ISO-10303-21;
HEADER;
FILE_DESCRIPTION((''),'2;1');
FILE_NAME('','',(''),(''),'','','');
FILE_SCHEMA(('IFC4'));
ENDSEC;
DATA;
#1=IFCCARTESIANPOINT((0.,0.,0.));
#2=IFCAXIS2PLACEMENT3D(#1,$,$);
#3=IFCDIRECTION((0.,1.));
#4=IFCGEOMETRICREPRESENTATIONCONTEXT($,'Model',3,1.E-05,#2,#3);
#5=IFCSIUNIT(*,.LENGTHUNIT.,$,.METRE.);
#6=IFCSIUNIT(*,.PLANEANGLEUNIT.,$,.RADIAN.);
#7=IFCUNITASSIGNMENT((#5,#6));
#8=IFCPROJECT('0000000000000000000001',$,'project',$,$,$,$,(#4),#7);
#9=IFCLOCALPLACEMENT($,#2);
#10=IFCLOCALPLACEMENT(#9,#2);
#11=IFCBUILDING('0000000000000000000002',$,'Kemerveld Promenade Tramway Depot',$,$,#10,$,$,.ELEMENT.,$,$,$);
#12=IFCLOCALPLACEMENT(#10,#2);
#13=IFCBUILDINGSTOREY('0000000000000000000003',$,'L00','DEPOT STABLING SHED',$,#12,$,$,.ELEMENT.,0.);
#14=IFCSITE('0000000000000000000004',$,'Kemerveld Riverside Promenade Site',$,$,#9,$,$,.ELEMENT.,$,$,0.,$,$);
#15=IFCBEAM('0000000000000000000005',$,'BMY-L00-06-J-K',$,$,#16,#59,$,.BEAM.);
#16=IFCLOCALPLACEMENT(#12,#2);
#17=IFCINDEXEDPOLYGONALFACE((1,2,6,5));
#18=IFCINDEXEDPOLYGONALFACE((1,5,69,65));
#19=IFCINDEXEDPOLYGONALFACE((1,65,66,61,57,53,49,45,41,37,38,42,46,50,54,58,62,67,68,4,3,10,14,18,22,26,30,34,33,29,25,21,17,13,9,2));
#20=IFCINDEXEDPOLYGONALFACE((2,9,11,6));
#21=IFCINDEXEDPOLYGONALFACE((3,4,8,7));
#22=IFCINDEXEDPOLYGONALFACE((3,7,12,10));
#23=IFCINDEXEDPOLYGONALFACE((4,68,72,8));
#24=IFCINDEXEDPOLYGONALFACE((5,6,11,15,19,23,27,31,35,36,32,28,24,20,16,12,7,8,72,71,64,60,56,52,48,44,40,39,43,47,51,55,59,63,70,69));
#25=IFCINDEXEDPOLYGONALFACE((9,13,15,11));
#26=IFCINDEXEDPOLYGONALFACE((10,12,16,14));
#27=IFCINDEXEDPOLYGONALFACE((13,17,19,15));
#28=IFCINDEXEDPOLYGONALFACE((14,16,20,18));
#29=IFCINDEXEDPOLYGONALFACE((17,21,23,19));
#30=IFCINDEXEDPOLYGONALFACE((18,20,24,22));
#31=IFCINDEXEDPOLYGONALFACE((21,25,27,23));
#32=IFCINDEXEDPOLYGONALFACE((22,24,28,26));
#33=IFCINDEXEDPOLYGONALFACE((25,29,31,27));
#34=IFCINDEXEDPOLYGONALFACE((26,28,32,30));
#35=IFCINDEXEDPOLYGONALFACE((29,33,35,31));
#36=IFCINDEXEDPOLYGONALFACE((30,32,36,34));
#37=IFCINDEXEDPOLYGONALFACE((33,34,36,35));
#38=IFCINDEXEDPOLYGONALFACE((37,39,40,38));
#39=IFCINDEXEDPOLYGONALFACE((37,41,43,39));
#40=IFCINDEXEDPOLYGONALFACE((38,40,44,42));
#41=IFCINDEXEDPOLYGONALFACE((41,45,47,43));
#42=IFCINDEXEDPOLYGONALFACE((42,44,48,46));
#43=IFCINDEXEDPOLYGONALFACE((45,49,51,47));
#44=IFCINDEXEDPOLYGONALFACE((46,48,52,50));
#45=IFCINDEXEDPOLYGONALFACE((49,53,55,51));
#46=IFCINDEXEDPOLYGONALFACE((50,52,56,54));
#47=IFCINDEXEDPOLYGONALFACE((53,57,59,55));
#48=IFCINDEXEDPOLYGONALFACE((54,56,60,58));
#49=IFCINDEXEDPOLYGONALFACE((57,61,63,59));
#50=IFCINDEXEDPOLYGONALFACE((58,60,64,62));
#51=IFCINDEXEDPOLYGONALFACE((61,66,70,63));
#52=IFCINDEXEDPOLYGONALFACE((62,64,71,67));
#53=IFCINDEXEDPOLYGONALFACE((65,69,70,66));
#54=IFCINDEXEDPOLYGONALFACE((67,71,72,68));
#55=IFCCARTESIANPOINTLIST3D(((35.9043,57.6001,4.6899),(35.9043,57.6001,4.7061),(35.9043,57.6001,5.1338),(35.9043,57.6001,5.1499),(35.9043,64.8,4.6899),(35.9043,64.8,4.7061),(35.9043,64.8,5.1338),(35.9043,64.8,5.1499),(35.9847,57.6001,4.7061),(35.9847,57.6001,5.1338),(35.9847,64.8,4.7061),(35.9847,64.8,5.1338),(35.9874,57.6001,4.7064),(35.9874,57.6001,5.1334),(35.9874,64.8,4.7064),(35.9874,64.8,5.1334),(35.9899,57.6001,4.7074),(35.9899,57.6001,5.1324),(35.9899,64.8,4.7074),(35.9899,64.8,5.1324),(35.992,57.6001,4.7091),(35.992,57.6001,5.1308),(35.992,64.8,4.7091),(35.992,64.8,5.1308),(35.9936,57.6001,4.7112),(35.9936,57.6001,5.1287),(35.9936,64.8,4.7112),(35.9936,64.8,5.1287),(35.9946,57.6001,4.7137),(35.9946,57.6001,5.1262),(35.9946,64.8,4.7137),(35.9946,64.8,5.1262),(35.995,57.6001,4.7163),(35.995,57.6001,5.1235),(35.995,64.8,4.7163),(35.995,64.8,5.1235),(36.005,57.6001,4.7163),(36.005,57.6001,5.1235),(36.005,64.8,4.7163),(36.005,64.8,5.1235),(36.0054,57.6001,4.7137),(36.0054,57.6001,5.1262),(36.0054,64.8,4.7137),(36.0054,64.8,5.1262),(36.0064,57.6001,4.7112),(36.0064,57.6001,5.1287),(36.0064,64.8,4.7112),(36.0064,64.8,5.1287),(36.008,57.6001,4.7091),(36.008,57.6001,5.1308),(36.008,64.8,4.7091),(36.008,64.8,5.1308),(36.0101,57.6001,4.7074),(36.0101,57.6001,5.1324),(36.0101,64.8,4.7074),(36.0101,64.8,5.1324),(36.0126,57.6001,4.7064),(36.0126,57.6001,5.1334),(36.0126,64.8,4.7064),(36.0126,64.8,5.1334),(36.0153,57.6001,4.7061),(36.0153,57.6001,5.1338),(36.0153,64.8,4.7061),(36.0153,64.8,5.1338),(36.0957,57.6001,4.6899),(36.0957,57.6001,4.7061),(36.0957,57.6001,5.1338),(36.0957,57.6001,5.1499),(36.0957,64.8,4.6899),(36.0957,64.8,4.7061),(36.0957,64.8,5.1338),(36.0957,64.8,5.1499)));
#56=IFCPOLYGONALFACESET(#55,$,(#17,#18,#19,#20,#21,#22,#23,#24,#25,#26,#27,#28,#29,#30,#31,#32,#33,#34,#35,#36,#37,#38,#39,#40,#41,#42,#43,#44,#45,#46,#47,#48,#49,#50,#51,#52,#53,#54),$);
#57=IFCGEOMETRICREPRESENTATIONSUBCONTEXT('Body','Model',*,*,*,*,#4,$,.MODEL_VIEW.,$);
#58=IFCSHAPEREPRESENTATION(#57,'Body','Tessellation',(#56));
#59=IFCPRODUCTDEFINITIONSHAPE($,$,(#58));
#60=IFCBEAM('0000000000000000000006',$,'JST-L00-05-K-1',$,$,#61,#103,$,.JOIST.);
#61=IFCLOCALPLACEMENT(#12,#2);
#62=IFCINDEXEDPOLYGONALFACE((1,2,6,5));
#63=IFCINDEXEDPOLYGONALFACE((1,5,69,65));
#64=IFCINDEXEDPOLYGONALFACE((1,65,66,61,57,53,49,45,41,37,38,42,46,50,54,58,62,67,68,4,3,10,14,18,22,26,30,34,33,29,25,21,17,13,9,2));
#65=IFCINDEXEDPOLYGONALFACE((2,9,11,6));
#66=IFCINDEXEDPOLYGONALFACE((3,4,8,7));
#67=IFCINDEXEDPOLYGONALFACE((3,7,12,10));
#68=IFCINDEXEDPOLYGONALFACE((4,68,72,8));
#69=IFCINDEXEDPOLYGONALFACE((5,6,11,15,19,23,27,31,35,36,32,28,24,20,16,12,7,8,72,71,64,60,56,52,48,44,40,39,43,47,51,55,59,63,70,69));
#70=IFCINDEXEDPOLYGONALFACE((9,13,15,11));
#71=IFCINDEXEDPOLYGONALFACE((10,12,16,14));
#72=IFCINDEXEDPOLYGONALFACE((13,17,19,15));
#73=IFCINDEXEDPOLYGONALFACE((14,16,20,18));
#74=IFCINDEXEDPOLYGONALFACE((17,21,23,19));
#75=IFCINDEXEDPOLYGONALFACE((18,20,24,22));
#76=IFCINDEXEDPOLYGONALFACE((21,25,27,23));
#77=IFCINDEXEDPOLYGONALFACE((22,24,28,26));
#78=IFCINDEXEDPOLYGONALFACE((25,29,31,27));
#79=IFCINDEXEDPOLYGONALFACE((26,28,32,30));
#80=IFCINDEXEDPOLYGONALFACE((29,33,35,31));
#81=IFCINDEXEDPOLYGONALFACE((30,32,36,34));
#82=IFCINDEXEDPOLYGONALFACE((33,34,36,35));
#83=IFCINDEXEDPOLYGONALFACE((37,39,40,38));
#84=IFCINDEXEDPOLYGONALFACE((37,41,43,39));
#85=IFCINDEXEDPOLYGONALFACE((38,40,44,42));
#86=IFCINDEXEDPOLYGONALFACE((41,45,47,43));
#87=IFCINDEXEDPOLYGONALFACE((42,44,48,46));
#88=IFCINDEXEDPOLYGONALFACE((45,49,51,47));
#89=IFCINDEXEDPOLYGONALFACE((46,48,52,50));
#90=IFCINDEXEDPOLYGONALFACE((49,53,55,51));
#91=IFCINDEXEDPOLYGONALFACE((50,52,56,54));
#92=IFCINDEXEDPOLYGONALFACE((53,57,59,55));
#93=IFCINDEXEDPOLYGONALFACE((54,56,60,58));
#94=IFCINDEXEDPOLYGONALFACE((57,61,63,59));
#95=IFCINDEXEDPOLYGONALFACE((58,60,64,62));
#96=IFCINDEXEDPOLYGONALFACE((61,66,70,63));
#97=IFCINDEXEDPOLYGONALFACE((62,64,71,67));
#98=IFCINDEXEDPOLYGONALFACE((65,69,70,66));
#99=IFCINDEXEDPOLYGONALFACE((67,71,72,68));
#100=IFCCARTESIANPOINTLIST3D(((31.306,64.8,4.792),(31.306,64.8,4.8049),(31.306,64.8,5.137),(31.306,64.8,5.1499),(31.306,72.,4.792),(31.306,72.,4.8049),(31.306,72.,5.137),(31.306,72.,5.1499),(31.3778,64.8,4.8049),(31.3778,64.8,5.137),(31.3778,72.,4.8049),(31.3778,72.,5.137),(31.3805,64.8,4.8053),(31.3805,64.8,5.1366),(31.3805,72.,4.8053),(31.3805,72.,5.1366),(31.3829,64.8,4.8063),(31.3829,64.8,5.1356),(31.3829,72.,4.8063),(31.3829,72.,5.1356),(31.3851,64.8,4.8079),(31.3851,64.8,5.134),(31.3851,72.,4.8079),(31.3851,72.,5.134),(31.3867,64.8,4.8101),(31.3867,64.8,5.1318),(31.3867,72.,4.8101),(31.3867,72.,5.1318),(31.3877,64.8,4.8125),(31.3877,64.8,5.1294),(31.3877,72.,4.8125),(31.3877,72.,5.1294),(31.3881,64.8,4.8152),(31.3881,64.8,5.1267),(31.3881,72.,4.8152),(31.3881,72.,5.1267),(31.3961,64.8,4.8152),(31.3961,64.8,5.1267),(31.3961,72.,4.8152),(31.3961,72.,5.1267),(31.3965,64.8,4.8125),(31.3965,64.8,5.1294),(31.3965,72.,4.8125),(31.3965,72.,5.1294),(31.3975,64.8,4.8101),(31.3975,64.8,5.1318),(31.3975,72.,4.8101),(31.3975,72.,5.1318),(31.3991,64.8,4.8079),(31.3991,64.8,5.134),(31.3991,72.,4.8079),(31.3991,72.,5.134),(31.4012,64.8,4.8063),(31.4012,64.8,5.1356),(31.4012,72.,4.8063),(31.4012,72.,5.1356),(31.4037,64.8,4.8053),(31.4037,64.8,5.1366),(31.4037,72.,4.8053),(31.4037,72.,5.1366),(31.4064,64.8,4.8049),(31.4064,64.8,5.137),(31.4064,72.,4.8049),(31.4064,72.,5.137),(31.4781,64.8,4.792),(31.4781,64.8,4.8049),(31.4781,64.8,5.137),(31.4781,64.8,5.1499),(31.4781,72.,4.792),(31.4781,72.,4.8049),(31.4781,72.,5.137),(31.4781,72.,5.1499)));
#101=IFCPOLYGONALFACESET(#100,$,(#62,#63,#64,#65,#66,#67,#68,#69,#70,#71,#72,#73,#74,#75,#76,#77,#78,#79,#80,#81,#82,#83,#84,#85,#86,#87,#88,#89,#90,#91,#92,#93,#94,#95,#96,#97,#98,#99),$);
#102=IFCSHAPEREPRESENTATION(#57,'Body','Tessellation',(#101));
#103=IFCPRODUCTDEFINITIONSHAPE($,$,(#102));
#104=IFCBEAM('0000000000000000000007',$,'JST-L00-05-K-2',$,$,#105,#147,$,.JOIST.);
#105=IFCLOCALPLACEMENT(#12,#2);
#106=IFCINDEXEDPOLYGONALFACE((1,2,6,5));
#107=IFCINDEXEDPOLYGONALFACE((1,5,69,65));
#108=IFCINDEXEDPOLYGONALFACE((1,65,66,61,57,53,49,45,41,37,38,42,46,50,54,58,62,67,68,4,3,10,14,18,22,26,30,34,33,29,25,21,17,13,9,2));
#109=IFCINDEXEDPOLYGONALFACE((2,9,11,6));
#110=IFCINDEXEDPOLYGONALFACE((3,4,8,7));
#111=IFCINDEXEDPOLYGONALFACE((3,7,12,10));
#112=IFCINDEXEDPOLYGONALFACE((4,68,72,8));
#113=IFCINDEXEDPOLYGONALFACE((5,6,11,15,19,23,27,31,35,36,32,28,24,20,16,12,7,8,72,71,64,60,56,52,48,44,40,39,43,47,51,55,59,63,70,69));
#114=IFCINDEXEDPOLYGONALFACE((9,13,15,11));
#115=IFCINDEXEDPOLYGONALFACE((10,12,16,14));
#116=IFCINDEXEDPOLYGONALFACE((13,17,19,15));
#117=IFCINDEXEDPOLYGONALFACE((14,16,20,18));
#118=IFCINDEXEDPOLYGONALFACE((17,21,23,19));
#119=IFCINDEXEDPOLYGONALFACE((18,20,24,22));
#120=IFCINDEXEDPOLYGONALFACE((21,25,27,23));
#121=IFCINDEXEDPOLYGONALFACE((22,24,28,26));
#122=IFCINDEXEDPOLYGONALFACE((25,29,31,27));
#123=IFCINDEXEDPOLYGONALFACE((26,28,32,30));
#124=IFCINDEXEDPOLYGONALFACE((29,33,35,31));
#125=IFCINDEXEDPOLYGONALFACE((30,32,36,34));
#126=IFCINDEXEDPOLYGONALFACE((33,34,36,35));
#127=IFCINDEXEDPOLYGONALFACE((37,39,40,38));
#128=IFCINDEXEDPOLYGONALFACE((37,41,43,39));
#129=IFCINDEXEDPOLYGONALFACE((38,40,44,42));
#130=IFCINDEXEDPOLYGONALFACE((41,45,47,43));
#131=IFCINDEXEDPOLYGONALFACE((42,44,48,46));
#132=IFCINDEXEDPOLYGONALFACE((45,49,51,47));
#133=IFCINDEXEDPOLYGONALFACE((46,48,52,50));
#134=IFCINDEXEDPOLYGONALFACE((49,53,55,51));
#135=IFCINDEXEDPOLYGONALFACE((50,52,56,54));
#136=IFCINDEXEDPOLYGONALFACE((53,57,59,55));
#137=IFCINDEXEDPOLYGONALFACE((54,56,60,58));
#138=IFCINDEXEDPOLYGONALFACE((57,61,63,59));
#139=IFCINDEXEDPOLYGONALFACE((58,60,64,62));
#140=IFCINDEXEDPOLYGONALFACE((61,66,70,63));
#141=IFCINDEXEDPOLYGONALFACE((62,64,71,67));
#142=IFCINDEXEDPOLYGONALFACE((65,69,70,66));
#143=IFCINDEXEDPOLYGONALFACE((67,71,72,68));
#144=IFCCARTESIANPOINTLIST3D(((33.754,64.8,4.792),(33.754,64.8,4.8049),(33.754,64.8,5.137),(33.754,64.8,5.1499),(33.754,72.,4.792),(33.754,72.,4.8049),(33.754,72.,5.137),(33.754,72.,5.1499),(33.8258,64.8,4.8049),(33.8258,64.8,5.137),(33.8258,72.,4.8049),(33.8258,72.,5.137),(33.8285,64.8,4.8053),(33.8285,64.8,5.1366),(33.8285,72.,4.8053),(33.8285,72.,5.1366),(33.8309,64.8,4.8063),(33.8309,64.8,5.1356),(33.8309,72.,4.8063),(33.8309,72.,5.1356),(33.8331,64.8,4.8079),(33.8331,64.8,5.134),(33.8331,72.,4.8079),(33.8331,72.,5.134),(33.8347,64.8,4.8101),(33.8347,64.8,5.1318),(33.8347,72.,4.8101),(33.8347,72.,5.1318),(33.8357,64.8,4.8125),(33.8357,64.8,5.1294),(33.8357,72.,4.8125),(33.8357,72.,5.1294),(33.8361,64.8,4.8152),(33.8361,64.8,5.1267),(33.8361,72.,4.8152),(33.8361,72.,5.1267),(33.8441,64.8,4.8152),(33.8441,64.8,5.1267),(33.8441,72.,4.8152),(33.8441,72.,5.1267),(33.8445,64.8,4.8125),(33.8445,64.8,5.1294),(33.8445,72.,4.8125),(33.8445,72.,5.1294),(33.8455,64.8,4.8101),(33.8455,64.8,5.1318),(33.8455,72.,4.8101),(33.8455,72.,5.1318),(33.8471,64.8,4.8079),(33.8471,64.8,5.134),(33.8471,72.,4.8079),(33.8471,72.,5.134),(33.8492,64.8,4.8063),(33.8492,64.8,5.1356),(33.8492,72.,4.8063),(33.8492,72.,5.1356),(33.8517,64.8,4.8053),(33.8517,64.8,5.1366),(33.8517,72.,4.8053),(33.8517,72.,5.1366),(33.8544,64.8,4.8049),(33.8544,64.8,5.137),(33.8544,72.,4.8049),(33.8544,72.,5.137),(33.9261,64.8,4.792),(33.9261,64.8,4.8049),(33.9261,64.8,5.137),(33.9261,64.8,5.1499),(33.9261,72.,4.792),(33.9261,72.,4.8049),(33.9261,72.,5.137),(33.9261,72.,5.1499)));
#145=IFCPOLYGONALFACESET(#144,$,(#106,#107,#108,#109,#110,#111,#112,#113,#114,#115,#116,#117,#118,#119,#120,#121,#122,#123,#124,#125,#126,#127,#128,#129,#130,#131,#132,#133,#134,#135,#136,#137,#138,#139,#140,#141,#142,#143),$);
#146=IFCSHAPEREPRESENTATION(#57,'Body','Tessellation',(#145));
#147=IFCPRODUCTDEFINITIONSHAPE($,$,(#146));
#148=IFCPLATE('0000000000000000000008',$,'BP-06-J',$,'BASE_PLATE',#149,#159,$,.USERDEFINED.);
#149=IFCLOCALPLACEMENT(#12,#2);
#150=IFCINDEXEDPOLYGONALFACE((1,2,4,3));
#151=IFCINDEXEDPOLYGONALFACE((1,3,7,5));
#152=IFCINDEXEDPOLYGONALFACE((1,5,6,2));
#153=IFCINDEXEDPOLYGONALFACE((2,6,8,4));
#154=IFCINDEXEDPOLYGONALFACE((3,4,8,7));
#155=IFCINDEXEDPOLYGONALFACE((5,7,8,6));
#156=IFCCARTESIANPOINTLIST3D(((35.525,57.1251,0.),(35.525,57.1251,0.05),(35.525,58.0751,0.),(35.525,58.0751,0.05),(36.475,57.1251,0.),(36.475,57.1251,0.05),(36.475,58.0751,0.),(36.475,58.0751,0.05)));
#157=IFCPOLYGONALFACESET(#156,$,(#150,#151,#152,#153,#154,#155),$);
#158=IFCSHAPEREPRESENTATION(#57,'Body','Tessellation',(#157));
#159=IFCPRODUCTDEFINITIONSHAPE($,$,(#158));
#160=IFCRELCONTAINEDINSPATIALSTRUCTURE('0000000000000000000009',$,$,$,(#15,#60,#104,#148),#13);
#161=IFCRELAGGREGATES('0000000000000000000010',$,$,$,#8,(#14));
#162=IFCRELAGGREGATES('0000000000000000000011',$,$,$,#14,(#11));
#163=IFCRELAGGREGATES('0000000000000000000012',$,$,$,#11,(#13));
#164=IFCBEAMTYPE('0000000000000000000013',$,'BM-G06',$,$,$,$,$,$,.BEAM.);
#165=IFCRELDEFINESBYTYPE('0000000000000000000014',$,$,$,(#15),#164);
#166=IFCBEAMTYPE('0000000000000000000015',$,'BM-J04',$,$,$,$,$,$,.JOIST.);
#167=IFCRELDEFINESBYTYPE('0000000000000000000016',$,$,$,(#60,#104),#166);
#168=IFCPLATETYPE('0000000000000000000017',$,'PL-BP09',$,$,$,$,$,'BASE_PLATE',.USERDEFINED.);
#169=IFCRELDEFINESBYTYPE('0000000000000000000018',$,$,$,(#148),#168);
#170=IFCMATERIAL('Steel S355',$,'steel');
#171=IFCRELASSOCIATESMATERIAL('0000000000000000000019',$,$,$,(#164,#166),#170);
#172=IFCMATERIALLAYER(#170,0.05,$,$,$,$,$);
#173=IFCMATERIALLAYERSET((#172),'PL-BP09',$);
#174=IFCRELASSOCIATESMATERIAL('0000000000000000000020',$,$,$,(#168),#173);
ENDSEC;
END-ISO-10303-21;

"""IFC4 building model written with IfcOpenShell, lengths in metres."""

from ifc_helpers import new_model, si_unit, direction, frame, origin, origin_2d, place, context, subcontext, project, spatial, rectangle, i_section, extrude, material, layer, layer_set, material_profile, profile_set, type_object, element, save


model = new_model("IFC4")

# Units and contexts
model_context = context("Model", 3, precision=1e-05, world=origin(), true_north=direction((0.0, 1.0)))
body_context = subcontext(model_context, "Body", "Model", "MODEL_VIEW")
ifc_project = project(units=[si_unit("LENGTHUNIT", "METRE"), si_unit("PLANEANGLEUNIT", "RADIAN")], contexts=[model_context])

# Site, building, storey
site_placement = place(None, origin())
site = spatial("IfcSite", under=ifc_project, at=site_placement, Name="Kemerveld Riverside Promenade Site", CompositionType="ELEMENT", RefElevation=0.0)
building_placement = place(site_placement, origin())
building = spatial("IfcBuilding", under=site, at=building_placement, Name="Kemerveld Promenade Tramway Depot", CompositionType="ELEMENT")
storey_placement = place(building_placement, origin())
storey = spatial("IfcBuildingStorey", under=building, at=storey_placement, Name="L00", Description="DEPOT STABLING SHED", CompositionType="ELEMENT", Elevation=0.0)

# Shared definitions
ifc_material_1 = material(Name="Steel S355", Category="steel")

# Beams
ifc_material_profile_1 = material_profile(ifc_material_1, i_section(OverallWidth=0.1914, OverallDepth=0.46, WebThickness=0.01, FlangeThickness=0.0161, FilletRadius=0.0103, at=origin_2d()), Name="457x191x82 UB")
ifc_profile_set_1 = profile_set([ifc_material_profile_1], Name="Steel S355")
beam_type_1 = type_object("IfcBeamType", Name="BM-G06", PredefinedType="BEAM", material=ifc_profile_set_1)
beam_1_placement = place(storey_placement, frame((36.0, 57.6001, 4.9199), z_axis=(0.0, 1.0, 0.0), x_axis=(-1.0, 0.0, 0.0)))
element("IfcBeam", 1, at=beam_1_placement, inside=storey, type_object=beam_type_1, Name="BMY-L00-06-J-K", PredefinedType="BEAM", context=body_context, shape_type="SweptSolid", body=[
    extrude(i_section(OverallWidth=0.1914, OverallDepth=0.46, WebThickness=0.01, FlangeThickness=0.0161, FilletRadius=0.0103, at=origin_2d()), origin(), (0.0, 0.0, 1.0), 7.2),
])
ifc_material_profile_2 = material_profile(ifc_material_1, i_section(OverallWidth=0.1721, OverallDepth=0.3579, WebThickness=0.0081, FlangeThickness=0.0129, FilletRadius=0.0103, at=origin_2d()), Name="356x171x57 UB")
ifc_profile_set_2 = profile_set([ifc_material_profile_2], Name="Steel S355")
beam_type_2 = type_object("IfcBeamType", Name="BM-J04", PredefinedType="JOIST", material=ifc_profile_set_2)
for number, where, z_axis, x_axis, name in (
    (2, (31.3921, 64.8, 4.9709), (0.0, 1.0, 0.0), (-1.0, 0.0, 0.0), "JST-L00-05-K-1"),
    (3, (33.8401, 64.8, 4.9709), (0.0, 1.0, 0.0), (-1.0, 0.0, 0.0), "JST-L00-05-K-2"),
):
    element("IfcBeam", number, at=place(storey_placement, frame(where, z_axis=z_axis, x_axis=x_axis)), inside=storey, type_object=beam_type_2, Name=name, PredefinedType="JOIST", context=body_context, shape_type="SweptSolid", body=[
        extrude(i_section(OverallWidth=0.1721, OverallDepth=0.3579, WebThickness=0.0081, FlangeThickness=0.0129, FilletRadius=0.0103, at=origin_2d()), origin(), (0.0, 0.0, 1.0), 7.2),
    ])

# Plate
ifc_layer_1 = layer(ifc_material_1, 0.05)
ifc_layer_set_1 = layer_set([ifc_layer_1], Name="PL-BP09")
plate_type = type_object("IfcPlateType", Name="PL-BP09", ElementType="BASE_PLATE", PredefinedType="USERDEFINED", material=ifc_layer_set_1)
plate_placement = place(storey_placement, frame((36.0, 57.6001, 0.0), z_axis=(0.0, 0.0, 1.0), x_axis=(1.0, 0.0, 0.0)))
element("IfcPlate", 4, at=plate_placement, inside=storey, type_object=plate_type, Name="BP-06-J", ObjectType="BASE_PLATE", PredefinedType="USERDEFINED", context=body_context, shape_type="SweptSolid", body=[
    extrude(rectangle(XDim=0.95, YDim=0.95, at=origin_2d()), origin(), (0.0, 0.0, 1.0), 0.05),
])

save(model, "model.ifc")
